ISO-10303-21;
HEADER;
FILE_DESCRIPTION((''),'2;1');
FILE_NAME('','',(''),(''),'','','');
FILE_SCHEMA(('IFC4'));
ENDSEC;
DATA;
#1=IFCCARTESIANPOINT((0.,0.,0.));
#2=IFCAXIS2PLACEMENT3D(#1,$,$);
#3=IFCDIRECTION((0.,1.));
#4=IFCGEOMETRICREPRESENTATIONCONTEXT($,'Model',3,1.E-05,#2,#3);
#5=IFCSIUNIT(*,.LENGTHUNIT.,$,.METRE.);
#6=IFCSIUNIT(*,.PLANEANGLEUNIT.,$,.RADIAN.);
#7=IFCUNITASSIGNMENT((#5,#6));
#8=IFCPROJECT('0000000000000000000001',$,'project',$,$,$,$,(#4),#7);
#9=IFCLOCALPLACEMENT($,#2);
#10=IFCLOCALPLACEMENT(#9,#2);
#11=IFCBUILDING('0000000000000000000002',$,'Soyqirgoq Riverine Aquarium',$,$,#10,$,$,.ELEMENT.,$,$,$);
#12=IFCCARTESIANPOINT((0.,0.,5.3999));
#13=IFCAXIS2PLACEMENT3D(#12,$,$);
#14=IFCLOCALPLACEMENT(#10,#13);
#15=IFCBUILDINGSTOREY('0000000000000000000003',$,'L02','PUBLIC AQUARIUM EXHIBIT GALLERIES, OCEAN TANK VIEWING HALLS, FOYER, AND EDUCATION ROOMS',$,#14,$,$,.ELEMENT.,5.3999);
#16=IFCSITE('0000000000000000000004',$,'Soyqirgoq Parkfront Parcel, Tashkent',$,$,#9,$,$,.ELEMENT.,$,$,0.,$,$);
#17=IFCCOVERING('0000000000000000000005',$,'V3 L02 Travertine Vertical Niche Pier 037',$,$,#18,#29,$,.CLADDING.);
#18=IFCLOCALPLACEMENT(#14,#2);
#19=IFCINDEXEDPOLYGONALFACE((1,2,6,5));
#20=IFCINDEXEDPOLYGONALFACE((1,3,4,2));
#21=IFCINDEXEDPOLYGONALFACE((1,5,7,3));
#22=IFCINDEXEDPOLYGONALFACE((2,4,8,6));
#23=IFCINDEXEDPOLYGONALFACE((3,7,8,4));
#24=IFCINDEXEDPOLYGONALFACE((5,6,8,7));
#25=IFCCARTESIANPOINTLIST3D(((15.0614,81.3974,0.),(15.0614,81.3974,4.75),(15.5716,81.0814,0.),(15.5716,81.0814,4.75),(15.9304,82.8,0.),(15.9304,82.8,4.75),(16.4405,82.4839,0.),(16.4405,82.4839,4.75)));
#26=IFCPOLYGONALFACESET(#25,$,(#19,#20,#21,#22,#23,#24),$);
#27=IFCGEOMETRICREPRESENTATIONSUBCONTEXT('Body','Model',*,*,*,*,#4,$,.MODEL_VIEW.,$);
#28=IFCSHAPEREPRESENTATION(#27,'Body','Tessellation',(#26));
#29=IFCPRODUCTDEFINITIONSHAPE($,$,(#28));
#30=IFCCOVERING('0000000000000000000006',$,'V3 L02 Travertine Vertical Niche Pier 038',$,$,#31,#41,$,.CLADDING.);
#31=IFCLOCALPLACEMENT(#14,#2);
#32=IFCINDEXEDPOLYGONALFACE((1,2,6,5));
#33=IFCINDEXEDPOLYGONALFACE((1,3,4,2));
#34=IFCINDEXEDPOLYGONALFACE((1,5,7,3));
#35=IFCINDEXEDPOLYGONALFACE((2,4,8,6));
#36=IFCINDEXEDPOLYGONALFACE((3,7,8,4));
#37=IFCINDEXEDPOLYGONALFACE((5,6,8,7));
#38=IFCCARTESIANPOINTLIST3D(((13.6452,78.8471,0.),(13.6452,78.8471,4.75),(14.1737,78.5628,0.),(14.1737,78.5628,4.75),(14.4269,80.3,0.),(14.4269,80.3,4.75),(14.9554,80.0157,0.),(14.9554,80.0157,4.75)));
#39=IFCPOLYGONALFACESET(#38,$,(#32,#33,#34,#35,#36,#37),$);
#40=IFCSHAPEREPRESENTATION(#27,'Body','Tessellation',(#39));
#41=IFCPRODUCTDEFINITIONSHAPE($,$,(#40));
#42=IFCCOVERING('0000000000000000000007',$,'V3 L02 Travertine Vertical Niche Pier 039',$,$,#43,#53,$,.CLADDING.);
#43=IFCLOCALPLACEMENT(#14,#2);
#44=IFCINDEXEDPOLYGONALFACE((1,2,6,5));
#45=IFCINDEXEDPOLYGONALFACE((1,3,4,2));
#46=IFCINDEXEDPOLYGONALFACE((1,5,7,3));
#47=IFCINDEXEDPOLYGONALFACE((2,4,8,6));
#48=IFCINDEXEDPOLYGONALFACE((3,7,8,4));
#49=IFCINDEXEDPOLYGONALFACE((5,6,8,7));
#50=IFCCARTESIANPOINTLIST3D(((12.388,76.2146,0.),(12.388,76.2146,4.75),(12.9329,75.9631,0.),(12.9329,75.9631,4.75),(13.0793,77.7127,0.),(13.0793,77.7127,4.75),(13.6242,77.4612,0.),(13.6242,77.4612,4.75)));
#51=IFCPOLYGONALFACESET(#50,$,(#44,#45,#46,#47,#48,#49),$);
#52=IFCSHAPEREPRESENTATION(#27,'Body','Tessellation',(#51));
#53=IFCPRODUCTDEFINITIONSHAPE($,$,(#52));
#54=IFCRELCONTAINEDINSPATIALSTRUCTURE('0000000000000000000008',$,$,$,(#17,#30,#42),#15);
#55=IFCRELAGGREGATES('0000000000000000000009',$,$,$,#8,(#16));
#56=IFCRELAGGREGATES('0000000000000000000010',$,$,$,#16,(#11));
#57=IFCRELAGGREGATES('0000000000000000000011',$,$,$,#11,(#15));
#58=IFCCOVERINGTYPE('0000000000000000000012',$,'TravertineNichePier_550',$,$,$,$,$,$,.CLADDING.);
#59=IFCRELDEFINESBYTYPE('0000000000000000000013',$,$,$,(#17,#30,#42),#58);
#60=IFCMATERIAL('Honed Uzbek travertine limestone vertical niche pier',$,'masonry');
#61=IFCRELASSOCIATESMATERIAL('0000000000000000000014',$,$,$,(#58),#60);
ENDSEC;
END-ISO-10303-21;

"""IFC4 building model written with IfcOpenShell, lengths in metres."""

from ifc_helpers import new_model, si_unit, direction, frame, origin, origin_2d, place, context, subcontext, project, spatial, rectangle, extrude, material, type_object, element, save


model = new_model("IFC4")

# Units and contexts
model_context = context("Model", 3, precision=1e-05, world=origin(), true_north=direction((0.0, 1.0)))
body_context = subcontext(model_context, "Body", "Model", "MODEL_VIEW")
ifc_project = project(units=[si_unit("LENGTHUNIT", "METRE"), si_unit("PLANEANGLEUNIT", "RADIAN")], contexts=[model_context])

# Site, building, storey
site_placement = place(None, origin())
site = spatial("IfcSite", under=ifc_project, at=site_placement, Name="Soyqirgoq Parkfront Parcel, Tashkent", CompositionType="ELEMENT", RefElevation=0.0)
building_placement = place(site_placement, origin())
building = spatial("IfcBuilding", under=site, at=building_placement, Name="Soyqirgoq Riverine Aquarium", CompositionType="ELEMENT")
storey_placement = place(building_placement, frame((0.0, 0.0, 5.3999)))
storey = spatial("IfcBuildingStorey", under=building, at=storey_placement, Name="L02", Description="PUBLIC AQUARIUM EXHIBIT GALLERIES, OCEAN TANK VIEWING HALLS, FOYER, AND EDUCATION ROOMS", CompositionType="ELEMENT", Elevation=5.3999)

# Coverings
ifc_material_1 = material(Name="Honed Uzbek travertine limestone vertical niche pier", Category="masonry")
covering_type_1 = type_object("IfcCoveringType", Name="TravertineNichePier_550", PredefinedType="CLADDING", material=ifc_material_1)
for number, where, z_axis, x_axis, name in (
    (1, (15.751, 81.9407, 0.0), (0.0, 0.0, 1.0), (-0.850077, 0.526659, 0.0), "V3 L02 Travertine Vertical Niche Pier 037"),
    (2, (14.3003, 79.4314, 0.0), (0.0, 0.0, 1.0), (-0.880643, 0.473781, 0.0), "V3 L02 Travertine Vertical Niche Pier 038"),
    (3, (13.0061, 76.8379, 0.0), (0.0, 0.0, 1.0), (-0.907997, 0.418977, 0.0), "V3 L02 Travertine Vertical Niche Pier 039"),
):
    element("IfcCovering", number, at=place(storey_placement, frame(where, z_axis=z_axis, x_axis=x_axis)), inside=storey, type_object=covering_type_1, Name=name, PredefinedType="CLADDING", context=body_context, shape_type="SweptSolid", body=[
        extrude(rectangle(XDim=0.6001, YDim=1.6499, at=origin_2d()), origin(), (0.0, 0.0, 1.0), 4.75),
    ])

save(model, "model.ifc")
